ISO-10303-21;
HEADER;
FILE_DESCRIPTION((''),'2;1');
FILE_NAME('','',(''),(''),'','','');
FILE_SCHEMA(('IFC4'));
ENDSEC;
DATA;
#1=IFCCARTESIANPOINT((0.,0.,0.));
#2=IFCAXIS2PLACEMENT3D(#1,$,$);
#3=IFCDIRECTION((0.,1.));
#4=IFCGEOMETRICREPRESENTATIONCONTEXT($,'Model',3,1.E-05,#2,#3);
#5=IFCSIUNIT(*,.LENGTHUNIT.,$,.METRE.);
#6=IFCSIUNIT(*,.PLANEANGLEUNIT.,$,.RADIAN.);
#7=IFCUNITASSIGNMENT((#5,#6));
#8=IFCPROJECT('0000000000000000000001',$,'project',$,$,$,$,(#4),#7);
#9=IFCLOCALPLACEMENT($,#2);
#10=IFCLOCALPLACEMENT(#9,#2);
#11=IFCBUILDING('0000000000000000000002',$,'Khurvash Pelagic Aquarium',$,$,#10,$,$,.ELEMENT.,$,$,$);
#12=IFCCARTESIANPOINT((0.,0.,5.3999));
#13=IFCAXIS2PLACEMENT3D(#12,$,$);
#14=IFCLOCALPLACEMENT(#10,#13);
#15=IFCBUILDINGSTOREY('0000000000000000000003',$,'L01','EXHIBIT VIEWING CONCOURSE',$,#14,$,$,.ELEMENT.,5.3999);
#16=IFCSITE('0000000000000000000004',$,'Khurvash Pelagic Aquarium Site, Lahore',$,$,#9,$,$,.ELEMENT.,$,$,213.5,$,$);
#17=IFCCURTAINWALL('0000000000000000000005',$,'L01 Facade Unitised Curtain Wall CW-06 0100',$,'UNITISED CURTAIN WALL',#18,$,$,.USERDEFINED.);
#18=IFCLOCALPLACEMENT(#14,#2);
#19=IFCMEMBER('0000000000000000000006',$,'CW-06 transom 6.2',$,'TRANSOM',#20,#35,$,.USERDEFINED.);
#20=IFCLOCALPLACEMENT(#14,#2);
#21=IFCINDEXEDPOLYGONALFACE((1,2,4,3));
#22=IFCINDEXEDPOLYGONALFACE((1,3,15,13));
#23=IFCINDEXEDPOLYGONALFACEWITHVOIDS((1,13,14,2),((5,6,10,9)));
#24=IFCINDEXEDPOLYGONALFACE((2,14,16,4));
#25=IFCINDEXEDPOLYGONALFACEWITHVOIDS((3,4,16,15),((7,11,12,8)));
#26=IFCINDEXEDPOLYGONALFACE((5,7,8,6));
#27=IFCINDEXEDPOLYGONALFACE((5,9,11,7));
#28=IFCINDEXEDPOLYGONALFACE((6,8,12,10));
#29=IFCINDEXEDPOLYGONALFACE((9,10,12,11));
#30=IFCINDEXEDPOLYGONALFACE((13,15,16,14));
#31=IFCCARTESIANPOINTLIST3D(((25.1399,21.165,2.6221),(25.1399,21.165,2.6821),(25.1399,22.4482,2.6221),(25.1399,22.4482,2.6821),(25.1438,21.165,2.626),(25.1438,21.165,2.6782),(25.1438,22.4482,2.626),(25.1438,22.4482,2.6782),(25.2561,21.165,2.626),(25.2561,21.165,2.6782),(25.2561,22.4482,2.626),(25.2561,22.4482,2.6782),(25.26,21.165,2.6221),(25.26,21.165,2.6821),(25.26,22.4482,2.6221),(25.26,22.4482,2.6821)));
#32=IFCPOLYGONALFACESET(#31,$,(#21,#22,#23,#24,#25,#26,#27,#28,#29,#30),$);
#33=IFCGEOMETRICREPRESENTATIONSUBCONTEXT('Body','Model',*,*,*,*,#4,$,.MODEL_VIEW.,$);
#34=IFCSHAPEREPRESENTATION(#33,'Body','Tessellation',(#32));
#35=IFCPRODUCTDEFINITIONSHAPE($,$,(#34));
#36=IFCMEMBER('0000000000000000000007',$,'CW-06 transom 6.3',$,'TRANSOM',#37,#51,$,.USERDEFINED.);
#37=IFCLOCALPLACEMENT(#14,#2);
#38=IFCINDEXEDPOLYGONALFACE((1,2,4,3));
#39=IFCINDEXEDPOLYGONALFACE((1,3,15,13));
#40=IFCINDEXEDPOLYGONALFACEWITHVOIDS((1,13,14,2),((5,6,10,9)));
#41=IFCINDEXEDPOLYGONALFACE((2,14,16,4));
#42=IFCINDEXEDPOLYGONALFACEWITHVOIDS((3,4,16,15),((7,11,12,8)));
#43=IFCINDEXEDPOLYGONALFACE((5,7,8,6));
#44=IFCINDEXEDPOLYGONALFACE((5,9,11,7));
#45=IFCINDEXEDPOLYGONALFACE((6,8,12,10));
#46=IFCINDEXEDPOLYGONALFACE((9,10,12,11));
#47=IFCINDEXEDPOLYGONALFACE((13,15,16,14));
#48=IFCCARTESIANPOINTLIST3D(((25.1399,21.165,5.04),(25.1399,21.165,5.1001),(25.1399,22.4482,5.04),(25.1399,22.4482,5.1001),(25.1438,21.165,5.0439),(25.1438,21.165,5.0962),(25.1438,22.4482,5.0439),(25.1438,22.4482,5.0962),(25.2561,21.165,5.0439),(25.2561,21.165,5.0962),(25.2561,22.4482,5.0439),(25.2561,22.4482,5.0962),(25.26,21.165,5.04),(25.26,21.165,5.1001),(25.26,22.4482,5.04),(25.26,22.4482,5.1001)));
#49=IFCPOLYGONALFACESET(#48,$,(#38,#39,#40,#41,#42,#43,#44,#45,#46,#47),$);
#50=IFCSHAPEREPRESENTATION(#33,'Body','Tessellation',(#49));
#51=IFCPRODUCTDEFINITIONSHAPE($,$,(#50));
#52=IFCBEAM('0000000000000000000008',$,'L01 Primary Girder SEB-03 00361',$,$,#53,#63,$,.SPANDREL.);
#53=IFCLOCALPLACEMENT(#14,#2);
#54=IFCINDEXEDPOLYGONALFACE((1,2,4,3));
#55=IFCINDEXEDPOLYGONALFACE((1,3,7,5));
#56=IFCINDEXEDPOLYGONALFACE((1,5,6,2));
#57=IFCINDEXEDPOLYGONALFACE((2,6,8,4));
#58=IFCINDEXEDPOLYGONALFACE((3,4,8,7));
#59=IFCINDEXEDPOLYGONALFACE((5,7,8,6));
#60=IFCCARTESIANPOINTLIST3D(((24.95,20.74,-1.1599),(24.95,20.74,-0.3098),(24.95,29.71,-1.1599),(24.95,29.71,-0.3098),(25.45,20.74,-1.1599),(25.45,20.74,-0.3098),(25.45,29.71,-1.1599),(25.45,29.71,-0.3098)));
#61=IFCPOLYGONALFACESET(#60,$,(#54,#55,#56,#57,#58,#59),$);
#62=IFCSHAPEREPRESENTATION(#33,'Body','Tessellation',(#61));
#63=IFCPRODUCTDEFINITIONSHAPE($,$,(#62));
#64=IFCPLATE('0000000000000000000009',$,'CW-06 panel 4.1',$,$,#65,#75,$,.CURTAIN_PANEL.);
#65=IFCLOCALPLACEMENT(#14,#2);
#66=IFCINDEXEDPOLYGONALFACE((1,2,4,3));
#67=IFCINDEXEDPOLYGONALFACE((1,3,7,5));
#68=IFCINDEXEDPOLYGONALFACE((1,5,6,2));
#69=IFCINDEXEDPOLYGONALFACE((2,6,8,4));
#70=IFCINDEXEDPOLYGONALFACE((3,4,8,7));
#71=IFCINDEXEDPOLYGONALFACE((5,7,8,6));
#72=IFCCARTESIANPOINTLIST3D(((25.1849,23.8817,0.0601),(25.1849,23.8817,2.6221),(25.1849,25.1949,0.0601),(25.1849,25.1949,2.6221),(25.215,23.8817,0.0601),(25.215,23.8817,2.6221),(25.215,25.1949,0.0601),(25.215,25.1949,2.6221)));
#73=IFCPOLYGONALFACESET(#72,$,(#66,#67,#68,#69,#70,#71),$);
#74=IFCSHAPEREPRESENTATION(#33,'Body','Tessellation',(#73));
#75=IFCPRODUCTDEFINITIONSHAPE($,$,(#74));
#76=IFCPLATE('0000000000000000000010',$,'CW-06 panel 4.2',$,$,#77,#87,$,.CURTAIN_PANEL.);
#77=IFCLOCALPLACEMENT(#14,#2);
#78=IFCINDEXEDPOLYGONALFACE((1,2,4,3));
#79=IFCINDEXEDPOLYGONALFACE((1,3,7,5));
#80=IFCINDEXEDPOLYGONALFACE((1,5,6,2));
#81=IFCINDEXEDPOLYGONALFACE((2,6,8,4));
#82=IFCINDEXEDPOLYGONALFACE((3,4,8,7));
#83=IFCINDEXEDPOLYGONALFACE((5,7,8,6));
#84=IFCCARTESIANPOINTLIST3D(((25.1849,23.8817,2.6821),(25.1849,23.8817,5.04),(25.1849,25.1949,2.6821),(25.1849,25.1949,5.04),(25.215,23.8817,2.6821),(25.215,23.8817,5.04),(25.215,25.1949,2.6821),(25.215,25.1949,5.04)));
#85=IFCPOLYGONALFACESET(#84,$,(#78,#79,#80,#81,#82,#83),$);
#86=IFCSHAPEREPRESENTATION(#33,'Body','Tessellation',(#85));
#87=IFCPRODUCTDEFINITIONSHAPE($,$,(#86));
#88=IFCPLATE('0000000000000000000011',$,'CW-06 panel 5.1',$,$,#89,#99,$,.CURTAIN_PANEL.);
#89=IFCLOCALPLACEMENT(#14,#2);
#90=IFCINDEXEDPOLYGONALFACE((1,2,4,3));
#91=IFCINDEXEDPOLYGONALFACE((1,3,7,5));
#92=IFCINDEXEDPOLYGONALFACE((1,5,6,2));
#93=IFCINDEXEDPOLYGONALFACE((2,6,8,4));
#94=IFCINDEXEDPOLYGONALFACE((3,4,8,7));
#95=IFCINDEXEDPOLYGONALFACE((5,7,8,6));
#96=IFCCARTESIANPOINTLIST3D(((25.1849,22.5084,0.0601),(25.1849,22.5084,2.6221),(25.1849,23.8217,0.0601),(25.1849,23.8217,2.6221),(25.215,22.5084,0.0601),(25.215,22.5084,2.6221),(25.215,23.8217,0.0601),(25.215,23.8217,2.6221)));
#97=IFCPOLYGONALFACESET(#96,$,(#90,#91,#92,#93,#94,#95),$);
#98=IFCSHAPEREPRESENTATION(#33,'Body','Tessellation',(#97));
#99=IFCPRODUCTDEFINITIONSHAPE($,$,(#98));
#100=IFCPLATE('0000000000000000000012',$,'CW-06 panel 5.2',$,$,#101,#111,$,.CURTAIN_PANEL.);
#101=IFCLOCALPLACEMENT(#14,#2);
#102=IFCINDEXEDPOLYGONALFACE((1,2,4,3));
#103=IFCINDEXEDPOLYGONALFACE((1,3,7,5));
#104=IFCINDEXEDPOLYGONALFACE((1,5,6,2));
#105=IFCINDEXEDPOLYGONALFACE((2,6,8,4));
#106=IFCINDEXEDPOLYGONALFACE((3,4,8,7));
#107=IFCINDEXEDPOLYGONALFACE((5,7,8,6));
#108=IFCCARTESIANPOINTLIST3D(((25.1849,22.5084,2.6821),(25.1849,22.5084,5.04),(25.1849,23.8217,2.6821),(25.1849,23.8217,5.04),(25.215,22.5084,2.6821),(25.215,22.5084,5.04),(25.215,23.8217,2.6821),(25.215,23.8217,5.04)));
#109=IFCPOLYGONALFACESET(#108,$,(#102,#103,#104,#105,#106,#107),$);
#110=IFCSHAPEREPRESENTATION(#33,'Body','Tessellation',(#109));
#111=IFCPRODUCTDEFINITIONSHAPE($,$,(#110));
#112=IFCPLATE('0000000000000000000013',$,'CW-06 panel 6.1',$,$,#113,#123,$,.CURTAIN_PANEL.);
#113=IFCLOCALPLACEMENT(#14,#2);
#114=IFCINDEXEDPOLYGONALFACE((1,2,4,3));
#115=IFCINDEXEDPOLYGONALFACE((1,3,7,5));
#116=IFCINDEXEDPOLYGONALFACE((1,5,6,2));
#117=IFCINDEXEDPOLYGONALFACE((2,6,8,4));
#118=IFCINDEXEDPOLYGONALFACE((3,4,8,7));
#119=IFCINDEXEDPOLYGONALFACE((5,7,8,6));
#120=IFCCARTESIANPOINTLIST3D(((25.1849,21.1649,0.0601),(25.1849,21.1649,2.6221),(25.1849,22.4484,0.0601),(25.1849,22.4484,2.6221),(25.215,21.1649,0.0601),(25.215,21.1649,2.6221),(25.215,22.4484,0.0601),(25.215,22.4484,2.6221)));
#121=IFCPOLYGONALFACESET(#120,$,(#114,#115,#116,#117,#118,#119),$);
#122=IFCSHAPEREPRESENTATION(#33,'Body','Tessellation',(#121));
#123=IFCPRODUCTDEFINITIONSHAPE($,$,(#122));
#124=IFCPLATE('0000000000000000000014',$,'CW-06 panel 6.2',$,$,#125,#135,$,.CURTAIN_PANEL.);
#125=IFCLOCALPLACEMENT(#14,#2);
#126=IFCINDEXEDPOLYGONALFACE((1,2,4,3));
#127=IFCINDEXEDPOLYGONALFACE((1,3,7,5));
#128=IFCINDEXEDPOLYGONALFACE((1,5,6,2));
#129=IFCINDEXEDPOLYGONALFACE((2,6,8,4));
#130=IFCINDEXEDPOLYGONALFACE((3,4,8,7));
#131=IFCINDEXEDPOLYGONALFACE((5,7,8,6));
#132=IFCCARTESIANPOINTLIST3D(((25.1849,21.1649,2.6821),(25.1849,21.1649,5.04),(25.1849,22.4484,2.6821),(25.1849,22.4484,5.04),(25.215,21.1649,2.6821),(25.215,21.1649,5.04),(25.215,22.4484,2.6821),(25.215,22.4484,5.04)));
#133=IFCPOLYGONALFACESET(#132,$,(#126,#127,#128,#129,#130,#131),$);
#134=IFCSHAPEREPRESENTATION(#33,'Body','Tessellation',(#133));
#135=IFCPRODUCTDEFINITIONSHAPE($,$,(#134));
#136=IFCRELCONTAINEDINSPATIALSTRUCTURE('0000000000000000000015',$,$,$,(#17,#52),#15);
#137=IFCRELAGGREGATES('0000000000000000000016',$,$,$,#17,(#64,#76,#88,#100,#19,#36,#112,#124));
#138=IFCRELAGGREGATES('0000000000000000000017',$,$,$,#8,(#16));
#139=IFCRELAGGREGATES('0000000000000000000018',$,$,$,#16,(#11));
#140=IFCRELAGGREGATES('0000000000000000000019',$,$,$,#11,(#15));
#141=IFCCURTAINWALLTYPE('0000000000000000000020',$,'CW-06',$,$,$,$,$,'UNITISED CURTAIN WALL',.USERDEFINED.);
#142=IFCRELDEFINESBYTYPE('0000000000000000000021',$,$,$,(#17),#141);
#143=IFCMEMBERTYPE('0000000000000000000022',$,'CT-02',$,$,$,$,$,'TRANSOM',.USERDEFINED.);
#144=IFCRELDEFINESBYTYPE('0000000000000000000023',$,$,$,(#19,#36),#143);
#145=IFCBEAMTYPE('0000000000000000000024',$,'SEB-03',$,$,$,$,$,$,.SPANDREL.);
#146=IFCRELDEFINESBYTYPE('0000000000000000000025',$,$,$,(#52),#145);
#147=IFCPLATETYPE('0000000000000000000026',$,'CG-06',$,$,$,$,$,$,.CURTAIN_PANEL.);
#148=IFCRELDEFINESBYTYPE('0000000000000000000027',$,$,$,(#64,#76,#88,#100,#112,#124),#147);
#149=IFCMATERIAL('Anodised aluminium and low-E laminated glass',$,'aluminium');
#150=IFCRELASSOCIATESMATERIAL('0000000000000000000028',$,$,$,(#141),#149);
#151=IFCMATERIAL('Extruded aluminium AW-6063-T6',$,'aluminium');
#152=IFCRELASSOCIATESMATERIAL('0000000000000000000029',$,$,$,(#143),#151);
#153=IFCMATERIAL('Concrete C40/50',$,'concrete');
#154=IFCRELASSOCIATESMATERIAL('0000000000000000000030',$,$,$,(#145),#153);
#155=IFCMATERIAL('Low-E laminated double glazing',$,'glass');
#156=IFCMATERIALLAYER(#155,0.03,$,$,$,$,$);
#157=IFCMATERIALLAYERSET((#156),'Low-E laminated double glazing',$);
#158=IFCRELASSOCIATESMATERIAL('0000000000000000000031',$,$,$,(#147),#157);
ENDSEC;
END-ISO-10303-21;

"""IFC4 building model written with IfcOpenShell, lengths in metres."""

from ifc_helpers import new_model, si_unit, direction, frame, origin, origin_2d, place, context, subcontext, project, spatial, rectangle, hollow_rectangle, extrude, material, layer, layer_set, material_profile, profile_set, type_object, element, aggregate, save


model = new_model("IFC4")

# Units and contexts
model_context = context("Model", 3, precision=1e-05, world=origin(), true_north=direction((0.0, 1.0)))
body_context = subcontext(model_context, "Body", "Model", "MODEL_VIEW")
ifc_project = project(units=[si_unit("LENGTHUNIT", "METRE"), si_unit("PLANEANGLEUNIT", "RADIAN")], contexts=[model_context])

# Site, building, storey
site_placement = place(None, origin())
site = spatial("IfcSite", under=ifc_project, at=site_placement, Name="Khurvash Pelagic Aquarium Site, Lahore", CompositionType="ELEMENT", RefElevation=213.5)
building_placement = place(site_placement, origin())
building = spatial("IfcBuilding", under=site, at=building_placement, Name="Khurvash Pelagic Aquarium", CompositionType="ELEMENT")
storey_placement = place(building_placement, frame((0.0, 0.0, 5.3999)))
storey = spatial("IfcBuildingStorey", under=building, at=storey_placement, Name="L01", Description="EXHIBIT VIEWING CONCOURSE", CompositionType="ELEMENT", Elevation=5.3999)

# Shared definitions
ifc_material_1 = material(Name="Concrete C40/50", Category="concrete")

# Curtain wall, members
ifc_material_2 = material(Name="Anodised aluminium and low-E laminated glass", Category="aluminium")
curtain_wall_type = type_object("IfcCurtainWallType", Name="CW-06", ElementType="UNITISED CURTAIN WALL", PredefinedType="USERDEFINED", material=ifc_material_2)
curtain_wall_placement = place(storey_placement, origin())
curtain_wall = element("IfcCurtainWall", 1, at=curtain_wall_placement, inside=storey, type_object=curtain_wall_type, Name="L01 Facade Unitised Curtain Wall CW-06 0100", ObjectType="UNITISED CURTAIN WALL", PredefinedType="USERDEFINED")
ifc_material_3 = material(Name="Extruded aluminium AW-6063-T6", Category="aluminium")
ifc_material_profile_1 = material_profile(ifc_material_3, hollow_rectangle(XDim=0.1201, YDim=0.0601, WallThickness=0.0039, at=origin_2d()), Name="CWT120X60X4")
ifc_profile_set_1 = profile_set([ifc_material_profile_1], Name="Extruded aluminium AW-6063-T6")
member_type_1 = type_object("IfcMemberType", Name="CT-02", ElementType="TRANSOM", PredefinedType="USERDEFINED", material=ifc_profile_set_1)
member_1_placement = place(storey_placement, frame((25.2, 22.4482, 2.6521), z_axis=(0.0, -1.0, 0.0), x_axis=(1.0, 0.0, 0.0)))
member_1 = element("IfcMember", 2, at=member_1_placement, type_object=member_type_1, Name="CW-06 transom 6.2", ObjectType="TRANSOM", PredefinedType="USERDEFINED", context=body_context, shape_type="SweptSolid", body=[
    extrude(hollow_rectangle(XDim=0.1201, YDim=0.0601, WallThickness=0.0039, at=origin_2d()), origin(), (0.0, 0.0, 1.0), 1.2832),
])
member_2_placement = place(storey_placement, frame((25.2, 22.4482, 5.0701), z_axis=(0.0, -1.0, 0.0), x_axis=(1.0, 0.0, 0.0)))
member_2 = element("IfcMember", 3, at=member_2_placement, type_object=member_type_1, Name="CW-06 transom 6.3", ObjectType="TRANSOM", PredefinedType="USERDEFINED", context=body_context, shape_type="SweptSolid", body=[
    extrude(hollow_rectangle(XDim=0.1201, YDim=0.0601, WallThickness=0.0039, at=origin_2d()), origin(), (0.0, 0.0, 1.0), 1.2832),
])

# Beam
ifc_material_profile_2 = material_profile(ifc_material_1, rectangle(XDim=0.5, YDim=0.8501, at=origin_2d()), Name="RC500X850")
ifc_profile_set_2 = profile_set([ifc_material_profile_2], Name="Concrete C40/50")
beam_type = type_object("IfcBeamType", Name="SEB-03", PredefinedType="SPANDREL", material=ifc_profile_set_2)
beam_placement = place(storey_placement, frame((25.2, 20.74, -0.7349), z_axis=(0.0, 1.0, 0.0), x_axis=(-1.0, 0.0, 0.0)))
element("IfcBeam", 4, at=beam_placement, inside=storey, type_object=beam_type, Name="L01 Primary Girder SEB-03 00361", PredefinedType="SPANDREL", context=body_context, shape_type="SweptSolid", body=[
    extrude(rectangle(XDim=0.5, YDim=0.8501, at=origin_2d()), origin(), (0.0, 0.0, 1.0), 8.97),
])

# Plates
ifc_material_4 = material(Name="Low-E laminated double glazing", Category="glass")
ifc_layer = layer(ifc_material_4, 0.03)
ifc_layer_set = layer_set([ifc_layer], Name="Low-E laminated double glazing")
plate_type = type_object("IfcPlateType", Name="CG-06", PredefinedType="CURTAIN_PANEL", material=ifc_layer_set)
plate_1_placement = place(storey_placement, frame((25.2, 24.5383, 0.0601), z_axis=(0.0, 0.0, 1.0), x_axis=(0.0, -1.0, 0.0)))
plate_1 = element("IfcPlate", 5, at=plate_1_placement, type_object=plate_type, Name="CW-06 panel 4.1", PredefinedType="CURTAIN_PANEL", context=body_context, shape_type="SweptSolid", body=[
    extrude(rectangle(XDim=1.3132, YDim=0.03, at=origin_2d()), origin(), (0.0, 0.0, 1.0), 2.562),
])
plate_2_placement = place(storey_placement, frame((25.2, 24.5383, 2.6821), z_axis=(0.0, 0.0, 1.0), x_axis=(0.0, -1.0, 0.0)))
plate_2 = element("IfcPlate", 6, at=plate_2_placement, type_object=plate_type, Name="CW-06 panel 4.2", PredefinedType="CURTAIN_PANEL", context=body_context, shape_type="SweptSolid", body=[
    extrude(rectangle(XDim=1.3132, YDim=0.03, at=origin_2d()), origin(), (0.0, 0.0, 1.0), 2.3579),
])
plate_3_placement = place(storey_placement, frame((25.2, 23.165, 0.0601), z_axis=(0.0, 0.0, 1.0), x_axis=(0.0, -1.0, 0.0)))
plate_3 = element("IfcPlate", 7, at=plate_3_placement, type_object=plate_type, Name="CW-06 panel 5.1", PredefinedType="CURTAIN_PANEL", context=body_context, shape_type="SweptSolid", body=[
    extrude(rectangle(XDim=1.3132, YDim=0.03, at=origin_2d()), origin(), (0.0, 0.0, 1.0), 2.562),
])
plate_4_placement = place(storey_placement, frame((25.2, 23.165, 2.6821), z_axis=(0.0, 0.0, 1.0), x_axis=(0.0, -1.0, 0.0)))
plate_4 = element("IfcPlate", 8, at=plate_4_placement, type_object=plate_type, Name="CW-06 panel 5.2", PredefinedType="CURTAIN_PANEL", context=body_context, shape_type="SweptSolid", body=[
    extrude(rectangle(XDim=1.3132, YDim=0.03, at=origin_2d()), origin(), (0.0, 0.0, 1.0), 2.3579),
])
plate_5_placement = place(storey_placement, frame((25.2, 21.8066, 0.0601), z_axis=(0.0, 0.0, 1.0), x_axis=(0.0, -1.0, 0.0)))
plate_5 = element("IfcPlate", 9, at=plate_5_placement, type_object=plate_type, Name="CW-06 panel 6.1", PredefinedType="CURTAIN_PANEL", context=body_context, shape_type="SweptSolid", body=[
    extrude(rectangle(XDim=1.2834, YDim=0.03, at=origin_2d()), origin(), (0.0, 0.0, 1.0), 2.562),
])
plate_6_placement = place(storey_placement, frame((25.2, 21.8066, 2.6821), z_axis=(0.0, 0.0, 1.0), x_axis=(0.0, -1.0, 0.0)))
plate_6 = element("IfcPlate", 10, at=plate_6_placement, type_object=plate_type, Name="CW-06 panel 6.2", PredefinedType="CURTAIN_PANEL", context=body_context, shape_type="SweptSolid", body=[
    extrude(rectangle(XDim=1.2834, YDim=0.03, at=origin_2d()), origin(), (0.0, 0.0, 1.0), 2.3579),
])
aggregate(curtain_wall, [plate_1, plate_2, plate_3, plate_4, member_1, member_2, plate_5, plate_6])

save(model, "model.ifc")
